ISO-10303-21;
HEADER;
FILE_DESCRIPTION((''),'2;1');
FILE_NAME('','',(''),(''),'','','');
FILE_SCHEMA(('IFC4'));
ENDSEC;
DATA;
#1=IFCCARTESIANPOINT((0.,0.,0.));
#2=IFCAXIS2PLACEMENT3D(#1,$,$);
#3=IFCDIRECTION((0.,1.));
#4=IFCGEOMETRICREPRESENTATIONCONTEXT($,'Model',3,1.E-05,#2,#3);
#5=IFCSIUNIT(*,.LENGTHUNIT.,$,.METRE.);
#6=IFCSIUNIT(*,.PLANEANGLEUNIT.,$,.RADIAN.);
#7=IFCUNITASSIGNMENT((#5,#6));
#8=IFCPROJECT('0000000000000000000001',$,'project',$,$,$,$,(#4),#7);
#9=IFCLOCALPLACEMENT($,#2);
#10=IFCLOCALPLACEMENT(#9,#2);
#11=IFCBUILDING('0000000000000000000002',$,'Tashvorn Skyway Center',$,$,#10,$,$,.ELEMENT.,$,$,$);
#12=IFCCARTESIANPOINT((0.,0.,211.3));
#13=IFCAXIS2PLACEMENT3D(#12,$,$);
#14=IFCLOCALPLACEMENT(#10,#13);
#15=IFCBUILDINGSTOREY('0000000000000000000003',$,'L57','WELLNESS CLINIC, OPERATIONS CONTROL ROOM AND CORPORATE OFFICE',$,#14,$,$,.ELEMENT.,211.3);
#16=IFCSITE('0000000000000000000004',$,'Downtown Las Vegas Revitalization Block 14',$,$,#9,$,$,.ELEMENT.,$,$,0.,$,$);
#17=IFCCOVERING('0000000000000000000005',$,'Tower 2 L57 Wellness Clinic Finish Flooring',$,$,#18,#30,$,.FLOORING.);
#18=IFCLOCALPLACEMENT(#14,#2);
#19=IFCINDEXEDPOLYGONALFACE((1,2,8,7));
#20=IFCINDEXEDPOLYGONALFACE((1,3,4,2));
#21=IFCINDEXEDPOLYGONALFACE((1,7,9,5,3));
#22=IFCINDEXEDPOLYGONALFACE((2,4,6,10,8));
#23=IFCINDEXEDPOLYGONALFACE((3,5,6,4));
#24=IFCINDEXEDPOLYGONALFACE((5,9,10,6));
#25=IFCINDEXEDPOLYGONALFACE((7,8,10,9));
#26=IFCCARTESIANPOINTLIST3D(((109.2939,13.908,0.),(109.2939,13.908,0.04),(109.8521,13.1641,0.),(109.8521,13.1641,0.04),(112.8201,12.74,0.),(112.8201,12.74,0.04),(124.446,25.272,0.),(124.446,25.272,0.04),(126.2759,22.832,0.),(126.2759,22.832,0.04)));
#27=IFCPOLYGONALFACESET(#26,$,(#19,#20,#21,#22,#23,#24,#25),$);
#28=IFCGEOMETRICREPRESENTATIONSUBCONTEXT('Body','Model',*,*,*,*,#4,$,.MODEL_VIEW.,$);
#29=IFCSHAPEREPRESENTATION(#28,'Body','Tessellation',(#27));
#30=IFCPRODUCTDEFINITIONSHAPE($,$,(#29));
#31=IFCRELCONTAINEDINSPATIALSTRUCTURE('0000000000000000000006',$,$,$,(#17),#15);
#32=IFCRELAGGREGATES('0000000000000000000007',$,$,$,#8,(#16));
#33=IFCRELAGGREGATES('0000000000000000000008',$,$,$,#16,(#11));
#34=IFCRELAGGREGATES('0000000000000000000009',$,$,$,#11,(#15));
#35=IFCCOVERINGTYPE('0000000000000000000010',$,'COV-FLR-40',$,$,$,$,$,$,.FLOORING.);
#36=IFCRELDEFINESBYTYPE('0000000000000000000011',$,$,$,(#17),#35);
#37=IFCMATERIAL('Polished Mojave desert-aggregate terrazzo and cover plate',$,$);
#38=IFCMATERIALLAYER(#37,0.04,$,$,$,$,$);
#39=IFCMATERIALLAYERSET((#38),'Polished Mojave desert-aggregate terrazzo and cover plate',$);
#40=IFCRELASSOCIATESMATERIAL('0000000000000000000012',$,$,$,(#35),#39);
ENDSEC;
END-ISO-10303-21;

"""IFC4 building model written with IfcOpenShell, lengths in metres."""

from ifc_helpers import new_model, si_unit, direction, frame, origin, place, context, subcontext, project, spatial, polyline, outline, extrude, material, layer, layer_set, type_object, element, save


model = new_model("IFC4")

# Units and contexts
model_context = context("Model", 3, precision=1e-05, world=origin(), true_north=direction((0.0, 1.0)))
body_context = subcontext(model_context, "Body", "Model", "MODEL_VIEW")
ifc_project = project(units=[si_unit("LENGTHUNIT", "METRE"), si_unit("PLANEANGLEUNIT", "RADIAN")], contexts=[model_context])

# Site, building, storey
site_placement = place(None, origin())
site = spatial("IfcSite", under=ifc_project, at=site_placement, Name="Downtown Las Vegas Revitalization Block 14", CompositionType="ELEMENT", RefElevation=0.0)
building_placement = place(site_placement, origin())
building = spatial("IfcBuilding", under=site, at=building_placement, Name="Tashvorn Skyway Center", CompositionType="ELEMENT")
storey_placement = place(building_placement, frame((0.0, 0.0, 211.3)))
storey = spatial("IfcBuildingStorey", under=building, at=storey_placement, Name="L57", Description="WELLNESS CLINIC, OPERATIONS CONTROL ROOM AND CORPORATE OFFICE", CompositionType="ELEMENT", Elevation=211.3)

# Covering
ifc_material_1 = material(Name="Polished Mojave desert-aggregate terrazzo and cover plate")
ifc_layer_1 = layer(ifc_material_1, 0.04)
ifc_layer_set_1 = layer_set([ifc_layer_1], Name="Polished Mojave desert-aggregate terrazzo and cover plate")
covering_type_1 = type_object("IfcCoveringType", Name="COV-FLR-40", PredefinedType="FLOORING", material=ifc_layer_set_1)
covering_1_placement = place(storey_placement, origin())
element("IfcCovering", 1, at=covering_1_placement, inside=storey, type_object=covering_type_1, Name="Tower 2 L57 Wellness Clinic Finish Flooring", PredefinedType="FLOORING", context=body_context, shape_type="SweptSolid", body=[
    extrude(outline(polyline([(112.8201, 12.74), (109.8521, 13.1641), (109.2939, 13.908), (124.446, 25.272), (126.2759, 22.832), (112.8201, 12.74)])), origin(), (0.0, 0.0, 1.0), 0.04),
])

save(model, "model.ifc")
